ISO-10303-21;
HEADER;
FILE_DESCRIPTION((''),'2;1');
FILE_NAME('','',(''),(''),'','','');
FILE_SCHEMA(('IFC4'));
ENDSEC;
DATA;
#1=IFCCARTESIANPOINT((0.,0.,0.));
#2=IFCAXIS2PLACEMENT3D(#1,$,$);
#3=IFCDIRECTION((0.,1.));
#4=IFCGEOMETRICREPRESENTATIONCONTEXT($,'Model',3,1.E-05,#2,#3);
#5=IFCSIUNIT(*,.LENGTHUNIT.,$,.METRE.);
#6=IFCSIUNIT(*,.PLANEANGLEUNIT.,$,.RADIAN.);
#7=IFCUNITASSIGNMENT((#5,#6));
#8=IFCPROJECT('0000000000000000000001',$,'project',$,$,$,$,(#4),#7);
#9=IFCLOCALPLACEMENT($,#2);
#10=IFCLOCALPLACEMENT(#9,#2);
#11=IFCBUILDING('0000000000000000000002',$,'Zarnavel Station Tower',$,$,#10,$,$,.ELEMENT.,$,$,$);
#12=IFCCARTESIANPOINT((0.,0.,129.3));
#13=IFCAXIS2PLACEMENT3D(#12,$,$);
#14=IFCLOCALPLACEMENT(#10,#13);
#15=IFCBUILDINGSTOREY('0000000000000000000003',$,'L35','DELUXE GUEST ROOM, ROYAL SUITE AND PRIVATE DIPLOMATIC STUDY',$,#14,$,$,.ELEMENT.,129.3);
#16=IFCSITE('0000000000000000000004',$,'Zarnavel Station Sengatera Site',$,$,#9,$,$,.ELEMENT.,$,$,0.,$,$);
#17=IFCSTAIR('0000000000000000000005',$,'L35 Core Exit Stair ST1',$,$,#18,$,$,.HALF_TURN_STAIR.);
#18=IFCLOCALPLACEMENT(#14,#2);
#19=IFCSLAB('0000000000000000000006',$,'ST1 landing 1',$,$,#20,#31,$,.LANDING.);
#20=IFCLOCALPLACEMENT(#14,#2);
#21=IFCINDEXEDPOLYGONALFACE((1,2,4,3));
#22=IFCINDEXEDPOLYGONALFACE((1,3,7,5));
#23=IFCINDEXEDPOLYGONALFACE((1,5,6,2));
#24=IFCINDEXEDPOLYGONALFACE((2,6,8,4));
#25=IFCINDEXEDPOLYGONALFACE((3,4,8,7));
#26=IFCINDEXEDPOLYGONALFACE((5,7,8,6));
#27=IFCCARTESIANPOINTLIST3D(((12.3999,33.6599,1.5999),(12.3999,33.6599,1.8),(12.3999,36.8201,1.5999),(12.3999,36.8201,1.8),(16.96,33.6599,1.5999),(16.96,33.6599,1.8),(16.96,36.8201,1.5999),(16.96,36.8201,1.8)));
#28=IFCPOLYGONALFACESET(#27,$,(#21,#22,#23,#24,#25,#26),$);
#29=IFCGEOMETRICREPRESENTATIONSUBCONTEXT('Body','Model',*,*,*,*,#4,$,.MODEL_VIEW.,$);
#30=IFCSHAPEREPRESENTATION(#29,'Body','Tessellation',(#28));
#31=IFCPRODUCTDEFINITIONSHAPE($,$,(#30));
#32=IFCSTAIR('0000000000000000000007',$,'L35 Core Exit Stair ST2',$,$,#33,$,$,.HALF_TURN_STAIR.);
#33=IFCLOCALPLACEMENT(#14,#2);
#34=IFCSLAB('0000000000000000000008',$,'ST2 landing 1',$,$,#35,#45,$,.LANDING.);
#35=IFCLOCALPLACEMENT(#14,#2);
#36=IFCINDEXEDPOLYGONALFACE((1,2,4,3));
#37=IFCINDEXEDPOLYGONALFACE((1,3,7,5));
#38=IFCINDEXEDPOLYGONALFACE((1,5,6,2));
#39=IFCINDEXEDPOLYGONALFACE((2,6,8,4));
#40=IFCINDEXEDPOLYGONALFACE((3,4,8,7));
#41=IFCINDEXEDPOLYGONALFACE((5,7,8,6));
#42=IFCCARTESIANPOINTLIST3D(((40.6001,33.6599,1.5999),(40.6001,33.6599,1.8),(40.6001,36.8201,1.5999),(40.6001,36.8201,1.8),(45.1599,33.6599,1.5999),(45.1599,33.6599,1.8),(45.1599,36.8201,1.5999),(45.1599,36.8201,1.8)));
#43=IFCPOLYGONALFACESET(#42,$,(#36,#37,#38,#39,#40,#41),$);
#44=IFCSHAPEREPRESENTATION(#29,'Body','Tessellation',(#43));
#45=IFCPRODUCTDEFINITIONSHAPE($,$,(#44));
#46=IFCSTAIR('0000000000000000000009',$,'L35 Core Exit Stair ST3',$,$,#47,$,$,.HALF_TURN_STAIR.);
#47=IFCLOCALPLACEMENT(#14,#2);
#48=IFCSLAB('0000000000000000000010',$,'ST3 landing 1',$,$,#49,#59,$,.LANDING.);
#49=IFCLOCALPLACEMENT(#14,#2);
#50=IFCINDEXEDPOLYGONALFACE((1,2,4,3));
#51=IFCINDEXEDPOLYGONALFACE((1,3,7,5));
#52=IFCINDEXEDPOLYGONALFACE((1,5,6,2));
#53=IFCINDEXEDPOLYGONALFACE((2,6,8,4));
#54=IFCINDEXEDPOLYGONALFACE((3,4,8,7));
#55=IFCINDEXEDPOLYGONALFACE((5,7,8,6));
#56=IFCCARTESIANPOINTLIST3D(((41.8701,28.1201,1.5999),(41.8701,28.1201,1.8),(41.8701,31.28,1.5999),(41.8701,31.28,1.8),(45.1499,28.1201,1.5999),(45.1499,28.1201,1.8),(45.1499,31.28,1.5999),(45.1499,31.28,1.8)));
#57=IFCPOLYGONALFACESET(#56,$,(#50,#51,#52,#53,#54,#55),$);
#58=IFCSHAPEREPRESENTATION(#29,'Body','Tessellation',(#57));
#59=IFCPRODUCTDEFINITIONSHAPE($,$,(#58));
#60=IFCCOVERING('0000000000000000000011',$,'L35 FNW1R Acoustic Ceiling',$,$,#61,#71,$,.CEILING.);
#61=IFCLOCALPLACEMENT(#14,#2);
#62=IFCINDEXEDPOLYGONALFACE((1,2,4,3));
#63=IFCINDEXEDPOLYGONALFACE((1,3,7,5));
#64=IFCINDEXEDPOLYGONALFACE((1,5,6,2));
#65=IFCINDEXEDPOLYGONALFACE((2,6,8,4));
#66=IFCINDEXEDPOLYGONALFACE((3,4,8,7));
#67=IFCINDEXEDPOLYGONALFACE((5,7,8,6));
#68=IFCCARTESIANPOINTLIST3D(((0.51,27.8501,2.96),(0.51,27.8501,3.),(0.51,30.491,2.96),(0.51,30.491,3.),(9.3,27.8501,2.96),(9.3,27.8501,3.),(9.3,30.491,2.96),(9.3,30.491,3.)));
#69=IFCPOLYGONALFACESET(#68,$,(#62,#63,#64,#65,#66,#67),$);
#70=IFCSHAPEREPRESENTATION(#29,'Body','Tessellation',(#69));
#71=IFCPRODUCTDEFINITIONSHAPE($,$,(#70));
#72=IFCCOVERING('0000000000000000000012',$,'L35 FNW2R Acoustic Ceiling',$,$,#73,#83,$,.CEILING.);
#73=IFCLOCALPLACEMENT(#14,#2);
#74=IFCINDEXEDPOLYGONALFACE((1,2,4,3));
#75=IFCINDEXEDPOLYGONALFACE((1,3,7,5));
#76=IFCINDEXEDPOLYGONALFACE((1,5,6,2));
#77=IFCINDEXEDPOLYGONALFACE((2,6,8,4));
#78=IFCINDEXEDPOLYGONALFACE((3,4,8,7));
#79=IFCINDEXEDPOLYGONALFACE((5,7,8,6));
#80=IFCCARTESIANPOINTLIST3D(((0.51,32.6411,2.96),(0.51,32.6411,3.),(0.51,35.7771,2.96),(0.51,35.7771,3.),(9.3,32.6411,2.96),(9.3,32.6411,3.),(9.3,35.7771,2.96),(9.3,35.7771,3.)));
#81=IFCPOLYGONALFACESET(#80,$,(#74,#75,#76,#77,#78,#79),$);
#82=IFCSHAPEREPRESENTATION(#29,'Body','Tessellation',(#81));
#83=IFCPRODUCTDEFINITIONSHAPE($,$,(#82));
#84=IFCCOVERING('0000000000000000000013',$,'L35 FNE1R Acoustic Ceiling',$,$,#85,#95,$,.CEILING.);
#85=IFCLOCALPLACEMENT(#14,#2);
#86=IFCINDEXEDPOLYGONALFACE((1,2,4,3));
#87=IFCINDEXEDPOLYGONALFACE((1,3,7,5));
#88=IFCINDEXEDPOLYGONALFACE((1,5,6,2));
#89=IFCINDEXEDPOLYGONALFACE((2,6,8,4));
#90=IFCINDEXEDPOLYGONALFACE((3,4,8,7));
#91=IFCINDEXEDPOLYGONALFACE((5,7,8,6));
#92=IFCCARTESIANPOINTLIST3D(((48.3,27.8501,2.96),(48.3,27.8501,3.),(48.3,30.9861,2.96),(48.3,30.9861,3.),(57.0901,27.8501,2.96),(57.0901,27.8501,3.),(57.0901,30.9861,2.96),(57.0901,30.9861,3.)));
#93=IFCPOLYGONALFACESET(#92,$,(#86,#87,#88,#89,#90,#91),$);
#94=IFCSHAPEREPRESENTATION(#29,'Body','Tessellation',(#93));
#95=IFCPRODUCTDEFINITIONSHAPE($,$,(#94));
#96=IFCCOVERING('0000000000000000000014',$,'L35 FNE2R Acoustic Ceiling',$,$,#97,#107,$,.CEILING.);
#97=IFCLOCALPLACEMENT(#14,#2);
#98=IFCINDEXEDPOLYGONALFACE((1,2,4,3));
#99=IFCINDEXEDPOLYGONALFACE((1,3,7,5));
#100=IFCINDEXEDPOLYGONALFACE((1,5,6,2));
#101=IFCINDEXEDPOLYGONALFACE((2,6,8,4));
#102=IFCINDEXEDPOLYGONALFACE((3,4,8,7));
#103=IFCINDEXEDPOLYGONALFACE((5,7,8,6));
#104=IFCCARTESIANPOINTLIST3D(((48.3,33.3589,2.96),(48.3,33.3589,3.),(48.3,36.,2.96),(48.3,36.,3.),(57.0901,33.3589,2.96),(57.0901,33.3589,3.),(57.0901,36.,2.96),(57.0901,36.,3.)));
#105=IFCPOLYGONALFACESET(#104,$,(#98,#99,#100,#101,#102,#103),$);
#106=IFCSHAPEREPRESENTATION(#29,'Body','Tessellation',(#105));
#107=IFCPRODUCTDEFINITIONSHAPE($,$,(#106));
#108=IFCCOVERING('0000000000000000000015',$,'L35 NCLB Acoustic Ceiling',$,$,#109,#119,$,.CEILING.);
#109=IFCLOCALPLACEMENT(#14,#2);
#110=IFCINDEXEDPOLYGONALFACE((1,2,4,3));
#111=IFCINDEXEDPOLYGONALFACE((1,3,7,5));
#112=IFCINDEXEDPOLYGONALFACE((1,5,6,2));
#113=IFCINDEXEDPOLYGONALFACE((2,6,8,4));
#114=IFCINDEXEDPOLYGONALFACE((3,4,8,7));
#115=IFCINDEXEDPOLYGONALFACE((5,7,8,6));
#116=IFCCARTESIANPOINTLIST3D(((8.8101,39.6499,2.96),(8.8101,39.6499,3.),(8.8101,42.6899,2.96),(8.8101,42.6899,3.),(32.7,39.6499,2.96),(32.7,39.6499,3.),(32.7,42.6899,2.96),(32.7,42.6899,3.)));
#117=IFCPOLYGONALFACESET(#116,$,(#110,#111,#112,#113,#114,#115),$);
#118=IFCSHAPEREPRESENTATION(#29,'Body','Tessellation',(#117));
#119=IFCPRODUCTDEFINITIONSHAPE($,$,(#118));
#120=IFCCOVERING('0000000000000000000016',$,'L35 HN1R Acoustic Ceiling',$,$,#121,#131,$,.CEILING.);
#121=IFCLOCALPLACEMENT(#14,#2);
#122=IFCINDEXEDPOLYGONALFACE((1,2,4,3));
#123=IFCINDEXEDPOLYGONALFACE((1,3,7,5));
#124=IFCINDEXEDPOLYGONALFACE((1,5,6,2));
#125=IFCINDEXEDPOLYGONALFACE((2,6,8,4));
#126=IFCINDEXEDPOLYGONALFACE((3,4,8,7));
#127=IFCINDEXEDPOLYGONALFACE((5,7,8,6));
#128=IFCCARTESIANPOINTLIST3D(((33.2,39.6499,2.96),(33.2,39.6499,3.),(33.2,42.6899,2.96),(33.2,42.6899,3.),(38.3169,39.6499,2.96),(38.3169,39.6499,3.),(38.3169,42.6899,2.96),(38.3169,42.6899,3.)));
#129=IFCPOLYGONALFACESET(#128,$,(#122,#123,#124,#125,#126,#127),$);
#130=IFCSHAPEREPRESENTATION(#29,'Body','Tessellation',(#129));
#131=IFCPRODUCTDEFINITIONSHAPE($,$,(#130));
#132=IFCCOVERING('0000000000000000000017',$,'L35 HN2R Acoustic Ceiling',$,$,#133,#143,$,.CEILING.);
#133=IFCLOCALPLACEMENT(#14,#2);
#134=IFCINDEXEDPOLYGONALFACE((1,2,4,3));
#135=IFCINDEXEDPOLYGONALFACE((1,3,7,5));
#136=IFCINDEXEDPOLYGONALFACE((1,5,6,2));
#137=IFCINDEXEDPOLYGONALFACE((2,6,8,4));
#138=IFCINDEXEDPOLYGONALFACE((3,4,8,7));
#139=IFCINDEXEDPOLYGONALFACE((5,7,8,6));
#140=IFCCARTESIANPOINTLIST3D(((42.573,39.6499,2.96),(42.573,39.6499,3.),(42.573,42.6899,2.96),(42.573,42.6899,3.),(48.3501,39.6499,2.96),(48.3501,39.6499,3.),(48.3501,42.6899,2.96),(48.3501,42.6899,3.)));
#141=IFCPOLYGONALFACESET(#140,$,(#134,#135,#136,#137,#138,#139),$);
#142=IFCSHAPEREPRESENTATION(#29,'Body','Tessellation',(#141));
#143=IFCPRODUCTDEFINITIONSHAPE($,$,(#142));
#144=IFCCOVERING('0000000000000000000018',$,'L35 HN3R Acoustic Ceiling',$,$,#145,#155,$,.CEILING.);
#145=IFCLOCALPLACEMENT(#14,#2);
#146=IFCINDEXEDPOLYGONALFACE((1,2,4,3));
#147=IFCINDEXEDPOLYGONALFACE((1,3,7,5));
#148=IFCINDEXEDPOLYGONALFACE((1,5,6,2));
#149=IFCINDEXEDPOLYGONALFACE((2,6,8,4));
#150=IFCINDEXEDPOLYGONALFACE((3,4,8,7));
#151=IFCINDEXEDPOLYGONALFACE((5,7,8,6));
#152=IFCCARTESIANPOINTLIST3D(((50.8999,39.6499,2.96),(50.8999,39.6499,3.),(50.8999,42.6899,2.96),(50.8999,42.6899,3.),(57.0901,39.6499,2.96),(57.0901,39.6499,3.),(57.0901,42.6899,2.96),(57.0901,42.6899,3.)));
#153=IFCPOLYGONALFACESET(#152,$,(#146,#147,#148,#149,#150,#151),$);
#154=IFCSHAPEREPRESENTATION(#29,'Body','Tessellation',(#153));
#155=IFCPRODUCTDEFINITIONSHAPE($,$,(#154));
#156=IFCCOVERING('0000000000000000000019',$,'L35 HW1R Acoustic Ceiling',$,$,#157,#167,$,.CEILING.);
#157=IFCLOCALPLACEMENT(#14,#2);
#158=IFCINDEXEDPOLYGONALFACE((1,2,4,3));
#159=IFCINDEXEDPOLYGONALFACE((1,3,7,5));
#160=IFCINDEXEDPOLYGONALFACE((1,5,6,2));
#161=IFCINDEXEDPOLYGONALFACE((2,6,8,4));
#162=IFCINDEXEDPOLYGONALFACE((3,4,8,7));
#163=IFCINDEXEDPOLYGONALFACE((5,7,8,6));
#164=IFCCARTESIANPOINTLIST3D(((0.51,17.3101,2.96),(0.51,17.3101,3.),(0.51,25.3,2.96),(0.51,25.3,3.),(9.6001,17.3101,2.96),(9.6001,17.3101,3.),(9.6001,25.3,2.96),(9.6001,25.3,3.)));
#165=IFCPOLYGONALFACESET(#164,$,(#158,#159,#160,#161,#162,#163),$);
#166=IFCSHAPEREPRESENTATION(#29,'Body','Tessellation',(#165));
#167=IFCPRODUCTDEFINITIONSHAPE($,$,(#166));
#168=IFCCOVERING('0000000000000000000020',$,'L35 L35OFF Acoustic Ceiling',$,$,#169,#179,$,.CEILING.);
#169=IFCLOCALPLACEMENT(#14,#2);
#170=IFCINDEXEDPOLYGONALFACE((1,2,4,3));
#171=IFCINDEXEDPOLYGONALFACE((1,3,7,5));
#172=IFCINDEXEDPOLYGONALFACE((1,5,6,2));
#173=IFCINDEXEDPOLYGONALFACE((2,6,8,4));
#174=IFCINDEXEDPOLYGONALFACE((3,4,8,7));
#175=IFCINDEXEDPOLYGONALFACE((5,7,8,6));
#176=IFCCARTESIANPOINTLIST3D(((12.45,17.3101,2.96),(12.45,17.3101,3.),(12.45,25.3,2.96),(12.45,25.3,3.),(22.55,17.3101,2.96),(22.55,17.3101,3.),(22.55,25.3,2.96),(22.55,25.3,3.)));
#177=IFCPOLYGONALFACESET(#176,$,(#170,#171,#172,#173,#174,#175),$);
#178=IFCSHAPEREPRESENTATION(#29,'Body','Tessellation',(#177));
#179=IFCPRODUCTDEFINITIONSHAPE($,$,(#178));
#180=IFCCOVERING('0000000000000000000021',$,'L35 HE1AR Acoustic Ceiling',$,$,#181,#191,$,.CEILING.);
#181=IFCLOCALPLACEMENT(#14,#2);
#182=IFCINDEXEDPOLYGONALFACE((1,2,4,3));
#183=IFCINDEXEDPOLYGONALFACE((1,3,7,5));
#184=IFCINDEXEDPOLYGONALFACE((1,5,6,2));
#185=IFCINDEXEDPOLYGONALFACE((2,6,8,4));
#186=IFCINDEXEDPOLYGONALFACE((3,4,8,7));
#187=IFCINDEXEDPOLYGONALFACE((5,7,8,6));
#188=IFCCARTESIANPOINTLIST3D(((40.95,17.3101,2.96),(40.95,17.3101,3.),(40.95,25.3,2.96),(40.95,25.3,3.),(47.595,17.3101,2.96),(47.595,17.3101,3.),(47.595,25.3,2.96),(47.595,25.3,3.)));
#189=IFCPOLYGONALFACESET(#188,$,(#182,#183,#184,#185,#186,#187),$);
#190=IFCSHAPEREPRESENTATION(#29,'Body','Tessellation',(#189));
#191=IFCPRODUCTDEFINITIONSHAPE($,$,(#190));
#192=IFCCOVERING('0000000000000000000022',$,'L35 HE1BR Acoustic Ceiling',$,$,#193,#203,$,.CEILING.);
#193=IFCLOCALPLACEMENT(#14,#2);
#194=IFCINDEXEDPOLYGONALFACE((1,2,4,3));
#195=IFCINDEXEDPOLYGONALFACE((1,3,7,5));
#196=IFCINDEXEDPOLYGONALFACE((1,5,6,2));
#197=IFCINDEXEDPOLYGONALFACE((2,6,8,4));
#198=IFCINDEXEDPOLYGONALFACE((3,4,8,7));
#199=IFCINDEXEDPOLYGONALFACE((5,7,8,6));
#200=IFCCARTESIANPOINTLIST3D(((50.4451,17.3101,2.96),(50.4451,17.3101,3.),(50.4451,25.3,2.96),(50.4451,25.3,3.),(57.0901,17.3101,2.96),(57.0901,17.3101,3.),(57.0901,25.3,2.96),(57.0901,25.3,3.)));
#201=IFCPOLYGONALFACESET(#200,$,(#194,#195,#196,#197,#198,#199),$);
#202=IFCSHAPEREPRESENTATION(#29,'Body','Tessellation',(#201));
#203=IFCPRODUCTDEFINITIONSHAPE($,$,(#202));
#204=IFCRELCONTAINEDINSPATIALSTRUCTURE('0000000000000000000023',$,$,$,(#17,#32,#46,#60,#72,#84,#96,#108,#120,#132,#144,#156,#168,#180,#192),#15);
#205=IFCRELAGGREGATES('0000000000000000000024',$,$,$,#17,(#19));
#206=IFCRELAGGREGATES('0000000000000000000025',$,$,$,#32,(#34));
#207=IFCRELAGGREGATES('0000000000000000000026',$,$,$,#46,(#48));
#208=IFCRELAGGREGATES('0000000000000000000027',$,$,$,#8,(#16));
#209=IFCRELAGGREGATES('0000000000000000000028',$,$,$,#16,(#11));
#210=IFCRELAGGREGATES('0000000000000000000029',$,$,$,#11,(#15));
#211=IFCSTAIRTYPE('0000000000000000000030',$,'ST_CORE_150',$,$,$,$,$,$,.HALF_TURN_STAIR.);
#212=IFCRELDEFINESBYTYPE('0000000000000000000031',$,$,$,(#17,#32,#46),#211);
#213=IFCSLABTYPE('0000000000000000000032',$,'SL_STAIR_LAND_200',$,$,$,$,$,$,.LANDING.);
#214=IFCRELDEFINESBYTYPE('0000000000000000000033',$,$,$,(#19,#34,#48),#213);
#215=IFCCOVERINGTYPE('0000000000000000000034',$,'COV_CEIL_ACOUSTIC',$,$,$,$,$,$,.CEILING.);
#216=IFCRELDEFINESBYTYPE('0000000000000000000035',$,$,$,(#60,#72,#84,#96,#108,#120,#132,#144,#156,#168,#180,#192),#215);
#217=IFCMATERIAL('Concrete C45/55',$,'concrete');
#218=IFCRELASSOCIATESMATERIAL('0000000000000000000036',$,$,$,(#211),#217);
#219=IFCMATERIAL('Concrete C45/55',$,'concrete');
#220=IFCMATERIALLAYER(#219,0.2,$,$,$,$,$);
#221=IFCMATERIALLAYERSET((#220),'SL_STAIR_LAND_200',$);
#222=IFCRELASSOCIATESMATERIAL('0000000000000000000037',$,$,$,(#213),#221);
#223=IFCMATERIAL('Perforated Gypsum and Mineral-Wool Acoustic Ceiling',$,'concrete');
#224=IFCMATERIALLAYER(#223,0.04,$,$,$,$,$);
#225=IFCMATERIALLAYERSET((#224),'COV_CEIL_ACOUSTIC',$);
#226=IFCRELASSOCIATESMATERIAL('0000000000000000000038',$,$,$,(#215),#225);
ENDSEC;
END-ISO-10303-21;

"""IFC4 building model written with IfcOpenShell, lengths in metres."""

from ifc_helpers import new_model, si_unit, direction, frame, origin, place, context, subcontext, project, spatial, polyline, outline, extrude, material, layer, layer_set, type_object, element, aggregate, save


model = new_model("IFC4")

# Units and contexts
model_context = context("Model", 3, precision=1e-05, world=origin(), true_north=direction((0.0, 1.0)))
body_context = subcontext(model_context, "Body", "Model", "MODEL_VIEW")
ifc_project = project(units=[si_unit("LENGTHUNIT", "METRE"), si_unit("PLANEANGLEUNIT", "RADIAN")], contexts=[model_context])

# Site, building, storey
site_placement = place(None, origin())
site = spatial("IfcSite", under=ifc_project, at=site_placement, Name="Zarnavel Station Sengatera Site", CompositionType="ELEMENT", RefElevation=0.0)
building_placement = place(site_placement, origin())
building = spatial("IfcBuilding", under=site, at=building_placement, Name="Zarnavel Station Tower", CompositionType="ELEMENT")
storey_placement = place(building_placement, frame((0.0, 0.0, 129.3)))
storey = spatial("IfcBuildingStorey", under=building, at=storey_placement, Name="L35", Description="DELUXE GUEST ROOM, ROYAL SUITE AND PRIVATE DIPLOMATIC STUDY", CompositionType="ELEMENT", Elevation=129.3)

# Stairs, slabs
ifc_material_1 = material(Name="Concrete C45/55", Category="concrete")
stair_type = type_object("IfcStairType", Name="ST_CORE_150", PredefinedType="HALF_TURN_STAIR", material=ifc_material_1)
stair_1_placement = place(storey_placement, origin())
stair_1 = element("IfcStair", 1, at=stair_1_placement, inside=storey, type_object=stair_type, Name="L35 Core Exit Stair ST1", PredefinedType="HALF_TURN_STAIR")
ifc_material_2 = material(Name="Concrete C45/55", Category="concrete")
ifc_layer_1 = layer(ifc_material_2, 0.2)
ifc_layer_set_1 = layer_set([ifc_layer_1], Name="SL_STAIR_LAND_200")
slab_type_1 = type_object("IfcSlabType", Name="SL_STAIR_LAND_200", PredefinedType="LANDING", material=ifc_layer_set_1)
slab_1_placement = place(storey_placement, frame((0.0, 0.0, 1.5999)))
slab_1 = element("IfcSlab", 2, at=slab_1_placement, type_object=slab_type_1, Name="ST1 landing 1", PredefinedType="LANDING", context=body_context, shape_type="SweptSolid", body=[
    extrude(outline(polyline([(16.96, 36.8201), (12.3999, 36.8201), (12.3999, 33.6599), (16.96, 33.6599), (16.96, 36.8201)])), origin(), (0.0, 0.0, 1.0), 0.2002),
])
aggregate(stair_1, [slab_1])
stair_2_placement = place(storey_placement, origin())
stair_2 = element("IfcStair", 3, at=stair_2_placement, inside=storey, type_object=stair_type, Name="L35 Core Exit Stair ST2", PredefinedType="HALF_TURN_STAIR")
slab_2_placement = place(storey_placement, frame((0.0, 0.0, 1.5999)))
slab_2 = element("IfcSlab", 4, at=slab_2_placement, type_object=slab_type_1, Name="ST2 landing 1", PredefinedType="LANDING", context=body_context, shape_type="SweptSolid", body=[
    extrude(outline(polyline([(40.6001, 33.6599), (45.1599, 33.6599), (45.1599, 36.8201), (40.6001, 36.8201), (40.6001, 33.6599)])), origin(), (0.0, 0.0, 1.0), 0.2002),
])
aggregate(stair_2, [slab_2])
stair_3_placement = place(storey_placement, origin())
stair_3 = element("IfcStair", 5, at=stair_3_placement, inside=storey, type_object=stair_type, Name="L35 Core Exit Stair ST3", PredefinedType="HALF_TURN_STAIR")
slab_3_placement = place(storey_placement, frame((0.0, 0.0, 1.5999)))
slab_3 = element("IfcSlab", 6, at=slab_3_placement, type_object=slab_type_1, Name="ST3 landing 1", PredefinedType="LANDING", context=body_context, shape_type="SweptSolid", body=[
    extrude(outline(polyline([(41.8701, 28.1201), (45.1499, 28.1201), (45.1499, 31.28), (41.8701, 31.28), (41.8701, 28.1201)])), origin(), (0.0, 0.0, 1.0), 0.2002),
])
aggregate(stair_3, [slab_3])

# Coverings
ifc_material_3 = material(Name="Perforated Gypsum and Mineral-Wool Acoustic Ceiling", Category="concrete")
ifc_layer_2 = layer(ifc_material_3, 0.04)
ifc_layer_set_2 = layer_set([ifc_layer_2], Name="COV_CEIL_ACOUSTIC")
covering_type_1 = type_object("IfcCoveringType", Name="COV_CEIL_ACOUSTIC", PredefinedType="CEILING", material=ifc_layer_set_2)
covering_1_placement = place(storey_placement, frame((0.0, 0.0, 2.96)))
element("IfcCovering", 7, at=covering_1_placement, inside=storey, type_object=covering_type_1, Name="L35 FNW1R Acoustic Ceiling", PredefinedType="CEILING", context=body_context, shape_type="SweptSolid", body=[
    extrude(outline(polyline([(0.51, 27.8501), (9.3, 27.8501), (9.3, 30.491), (0.51, 30.491), (0.51, 27.8501)])), origin(), (0.0, 0.0, 1.0), 0.04),
])
covering_2_placement = place(storey_placement, frame((0.0, 0.0, 2.96)))
element("IfcCovering", 8, at=covering_2_placement, inside=storey, type_object=covering_type_1, Name="L35 FNW2R Acoustic Ceiling", PredefinedType="CEILING", context=body_context, shape_type="SweptSolid", body=[
    extrude(outline(polyline([(0.51, 32.6411), (9.3, 32.6411), (9.3, 35.7771), (0.51, 35.7771), (0.51, 32.6411)])), origin(), (0.0, 0.0, 1.0), 0.04),
])
covering_3_placement = place(storey_placement, frame((0.0, 0.0, 2.96)))
element("IfcCovering", 9, at=covering_3_placement, inside=storey, type_object=covering_type_1, Name="L35 FNE1R Acoustic Ceiling", PredefinedType="CEILING", context=body_context, shape_type="SweptSolid", body=[
    extrude(outline(polyline([(48.3, 27.8501), (57.0901, 27.8501), (57.0901, 30.9861), (48.3, 30.9861), (48.3, 27.8501)])), origin(), (0.0, 0.0, 1.0), 0.04),
])
covering_4_placement = place(storey_placement, frame((0.0, 0.0, 2.96)))
element("IfcCovering", 10, at=covering_4_placement, inside=storey, type_object=covering_type_1, Name="L35 FNE2R Acoustic Ceiling", PredefinedType="CEILING", context=body_context, shape_type="SweptSolid", body=[
    extrude(outline(polyline([(48.3, 33.3589), (57.0901, 33.3589), (57.0901, 36.0), (48.3, 36.0), (48.3, 33.3589)])), origin(), (0.0, 0.0, 1.0), 0.04),
])
covering_5_placement = place(storey_placement, frame((0.0, 0.0, 2.96)))
element("IfcCovering", 11, at=covering_5_placement, inside=storey, type_object=covering_type_1, Name="L35 NCLB Acoustic Ceiling", PredefinedType="CEILING", context=body_context, shape_type="SweptSolid", body=[
    extrude(outline(polyline([(8.8101, 39.6499), (32.7, 39.6499), (32.7, 42.6899), (8.8101, 42.6899), (8.8101, 39.6499)])), origin(), (0.0, 0.0, 1.0), 0.04),
])
covering_6_placement = place(storey_placement, frame((0.0, 0.0, 2.96)))
element("IfcCovering", 12, at=covering_6_placement, inside=storey, type_object=covering_type_1, Name="L35 HN1R Acoustic Ceiling", PredefinedType="CEILING", context=body_context, shape_type="SweptSolid", body=[
    extrude(outline(polyline([(33.2, 39.6499), (38.3169, 39.6499), (38.3169, 42.6899), (33.2, 42.6899), (33.2, 39.6499)])), origin(), (0.0, 0.0, 1.0), 0.04),
])
covering_7_placement = place(storey_placement, frame((0.0, 0.0, 2.96)))
element("IfcCovering", 13, at=covering_7_placement, inside=storey, type_object=covering_type_1, Name="L35 HN2R Acoustic Ceiling", PredefinedType="CEILING", context=body_context, shape_type="SweptSolid", body=[
    extrude(outline(polyline([(42.573, 39.6499), (48.3501, 39.6499), (48.3501, 42.6899), (42.573, 42.6899), (42.573, 39.6499)])), origin(), (0.0, 0.0, 1.0), 0.04),
])
covering_8_placement = place(storey_placement, frame((0.0, 0.0, 2.96)))
element("IfcCovering", 14, at=covering_8_placement, inside=storey, type_object=covering_type_1, Name="L35 HN3R Acoustic Ceiling", PredefinedType="CEILING", context=body_context, shape_type="SweptSolid", body=[
    extrude(outline(polyline([(50.8999, 39.6499), (57.0901, 39.6499), (57.0901, 42.6899), (50.8999, 42.6899), (50.8999, 39.6499)])), origin(), (0.0, 0.0, 1.0), 0.04),
])
covering_9_placement = place(storey_placement, frame((0.0, 0.0, 2.96)))
element("IfcCovering", 15, at=covering_9_placement, inside=storey, type_object=covering_type_1, Name="L35 HW1R Acoustic Ceiling", PredefinedType="CEILING", context=body_context, shape_type="SweptSolid", body=[
    extrude(outline(polyline([(0.51, 17.3101), (9.6001, 17.3101), (9.6001, 25.3), (0.51, 25.3), (0.51, 17.3101)])), origin(), (0.0, 0.0, 1.0), 0.04),
])
covering_10_placement = place(storey_placement, frame((0.0, 0.0, 2.96)))
element("IfcCovering", 16, at=covering_10_placement, inside=storey, type_object=covering_type_1, Name="L35 L35OFF Acoustic Ceiling", PredefinedType="CEILING", context=body_context, shape_type="SweptSolid", body=[
    extrude(outline(polyline([(12.45, 17.3101), (22.55, 17.3101), (22.55, 25.3), (12.45, 25.3), (12.45, 17.3101)])), origin(), (0.0, 0.0, 1.0), 0.04),
])
covering_11_placement = place(storey_placement, frame((0.0, 0.0, 2.96)))
element("IfcCovering", 17, at=covering_11_placement, inside=storey, type_object=covering_type_1, Name="L35 HE1AR Acoustic Ceiling", PredefinedType="CEILING", context=body_context, shape_type="SweptSolid", body=[
    extrude(outline(polyline([(40.95, 17.3101), (47.595, 17.3101), (47.595, 25.3), (40.95, 25.3), (40.95, 17.3101)])), origin(), (0.0, 0.0, 1.0), 0.04),
])
covering_12_placement = place(storey_placement, frame((0.0, 0.0, 2.96)))
element("IfcCovering", 18, at=covering_12_placement, inside=storey, type_object=covering_type_1, Name="L35 HE1BR Acoustic Ceiling", PredefinedType="CEILING", context=body_context, shape_type="SweptSolid", body=[
    extrude(outline(polyline([(50.4451, 17.3101), (57.0901, 17.3101), (57.0901, 25.3), (50.4451, 25.3), (50.4451, 17.3101)])), origin(), (0.0, 0.0, 1.0), 0.04),
])

save(model, "model.ifc")
